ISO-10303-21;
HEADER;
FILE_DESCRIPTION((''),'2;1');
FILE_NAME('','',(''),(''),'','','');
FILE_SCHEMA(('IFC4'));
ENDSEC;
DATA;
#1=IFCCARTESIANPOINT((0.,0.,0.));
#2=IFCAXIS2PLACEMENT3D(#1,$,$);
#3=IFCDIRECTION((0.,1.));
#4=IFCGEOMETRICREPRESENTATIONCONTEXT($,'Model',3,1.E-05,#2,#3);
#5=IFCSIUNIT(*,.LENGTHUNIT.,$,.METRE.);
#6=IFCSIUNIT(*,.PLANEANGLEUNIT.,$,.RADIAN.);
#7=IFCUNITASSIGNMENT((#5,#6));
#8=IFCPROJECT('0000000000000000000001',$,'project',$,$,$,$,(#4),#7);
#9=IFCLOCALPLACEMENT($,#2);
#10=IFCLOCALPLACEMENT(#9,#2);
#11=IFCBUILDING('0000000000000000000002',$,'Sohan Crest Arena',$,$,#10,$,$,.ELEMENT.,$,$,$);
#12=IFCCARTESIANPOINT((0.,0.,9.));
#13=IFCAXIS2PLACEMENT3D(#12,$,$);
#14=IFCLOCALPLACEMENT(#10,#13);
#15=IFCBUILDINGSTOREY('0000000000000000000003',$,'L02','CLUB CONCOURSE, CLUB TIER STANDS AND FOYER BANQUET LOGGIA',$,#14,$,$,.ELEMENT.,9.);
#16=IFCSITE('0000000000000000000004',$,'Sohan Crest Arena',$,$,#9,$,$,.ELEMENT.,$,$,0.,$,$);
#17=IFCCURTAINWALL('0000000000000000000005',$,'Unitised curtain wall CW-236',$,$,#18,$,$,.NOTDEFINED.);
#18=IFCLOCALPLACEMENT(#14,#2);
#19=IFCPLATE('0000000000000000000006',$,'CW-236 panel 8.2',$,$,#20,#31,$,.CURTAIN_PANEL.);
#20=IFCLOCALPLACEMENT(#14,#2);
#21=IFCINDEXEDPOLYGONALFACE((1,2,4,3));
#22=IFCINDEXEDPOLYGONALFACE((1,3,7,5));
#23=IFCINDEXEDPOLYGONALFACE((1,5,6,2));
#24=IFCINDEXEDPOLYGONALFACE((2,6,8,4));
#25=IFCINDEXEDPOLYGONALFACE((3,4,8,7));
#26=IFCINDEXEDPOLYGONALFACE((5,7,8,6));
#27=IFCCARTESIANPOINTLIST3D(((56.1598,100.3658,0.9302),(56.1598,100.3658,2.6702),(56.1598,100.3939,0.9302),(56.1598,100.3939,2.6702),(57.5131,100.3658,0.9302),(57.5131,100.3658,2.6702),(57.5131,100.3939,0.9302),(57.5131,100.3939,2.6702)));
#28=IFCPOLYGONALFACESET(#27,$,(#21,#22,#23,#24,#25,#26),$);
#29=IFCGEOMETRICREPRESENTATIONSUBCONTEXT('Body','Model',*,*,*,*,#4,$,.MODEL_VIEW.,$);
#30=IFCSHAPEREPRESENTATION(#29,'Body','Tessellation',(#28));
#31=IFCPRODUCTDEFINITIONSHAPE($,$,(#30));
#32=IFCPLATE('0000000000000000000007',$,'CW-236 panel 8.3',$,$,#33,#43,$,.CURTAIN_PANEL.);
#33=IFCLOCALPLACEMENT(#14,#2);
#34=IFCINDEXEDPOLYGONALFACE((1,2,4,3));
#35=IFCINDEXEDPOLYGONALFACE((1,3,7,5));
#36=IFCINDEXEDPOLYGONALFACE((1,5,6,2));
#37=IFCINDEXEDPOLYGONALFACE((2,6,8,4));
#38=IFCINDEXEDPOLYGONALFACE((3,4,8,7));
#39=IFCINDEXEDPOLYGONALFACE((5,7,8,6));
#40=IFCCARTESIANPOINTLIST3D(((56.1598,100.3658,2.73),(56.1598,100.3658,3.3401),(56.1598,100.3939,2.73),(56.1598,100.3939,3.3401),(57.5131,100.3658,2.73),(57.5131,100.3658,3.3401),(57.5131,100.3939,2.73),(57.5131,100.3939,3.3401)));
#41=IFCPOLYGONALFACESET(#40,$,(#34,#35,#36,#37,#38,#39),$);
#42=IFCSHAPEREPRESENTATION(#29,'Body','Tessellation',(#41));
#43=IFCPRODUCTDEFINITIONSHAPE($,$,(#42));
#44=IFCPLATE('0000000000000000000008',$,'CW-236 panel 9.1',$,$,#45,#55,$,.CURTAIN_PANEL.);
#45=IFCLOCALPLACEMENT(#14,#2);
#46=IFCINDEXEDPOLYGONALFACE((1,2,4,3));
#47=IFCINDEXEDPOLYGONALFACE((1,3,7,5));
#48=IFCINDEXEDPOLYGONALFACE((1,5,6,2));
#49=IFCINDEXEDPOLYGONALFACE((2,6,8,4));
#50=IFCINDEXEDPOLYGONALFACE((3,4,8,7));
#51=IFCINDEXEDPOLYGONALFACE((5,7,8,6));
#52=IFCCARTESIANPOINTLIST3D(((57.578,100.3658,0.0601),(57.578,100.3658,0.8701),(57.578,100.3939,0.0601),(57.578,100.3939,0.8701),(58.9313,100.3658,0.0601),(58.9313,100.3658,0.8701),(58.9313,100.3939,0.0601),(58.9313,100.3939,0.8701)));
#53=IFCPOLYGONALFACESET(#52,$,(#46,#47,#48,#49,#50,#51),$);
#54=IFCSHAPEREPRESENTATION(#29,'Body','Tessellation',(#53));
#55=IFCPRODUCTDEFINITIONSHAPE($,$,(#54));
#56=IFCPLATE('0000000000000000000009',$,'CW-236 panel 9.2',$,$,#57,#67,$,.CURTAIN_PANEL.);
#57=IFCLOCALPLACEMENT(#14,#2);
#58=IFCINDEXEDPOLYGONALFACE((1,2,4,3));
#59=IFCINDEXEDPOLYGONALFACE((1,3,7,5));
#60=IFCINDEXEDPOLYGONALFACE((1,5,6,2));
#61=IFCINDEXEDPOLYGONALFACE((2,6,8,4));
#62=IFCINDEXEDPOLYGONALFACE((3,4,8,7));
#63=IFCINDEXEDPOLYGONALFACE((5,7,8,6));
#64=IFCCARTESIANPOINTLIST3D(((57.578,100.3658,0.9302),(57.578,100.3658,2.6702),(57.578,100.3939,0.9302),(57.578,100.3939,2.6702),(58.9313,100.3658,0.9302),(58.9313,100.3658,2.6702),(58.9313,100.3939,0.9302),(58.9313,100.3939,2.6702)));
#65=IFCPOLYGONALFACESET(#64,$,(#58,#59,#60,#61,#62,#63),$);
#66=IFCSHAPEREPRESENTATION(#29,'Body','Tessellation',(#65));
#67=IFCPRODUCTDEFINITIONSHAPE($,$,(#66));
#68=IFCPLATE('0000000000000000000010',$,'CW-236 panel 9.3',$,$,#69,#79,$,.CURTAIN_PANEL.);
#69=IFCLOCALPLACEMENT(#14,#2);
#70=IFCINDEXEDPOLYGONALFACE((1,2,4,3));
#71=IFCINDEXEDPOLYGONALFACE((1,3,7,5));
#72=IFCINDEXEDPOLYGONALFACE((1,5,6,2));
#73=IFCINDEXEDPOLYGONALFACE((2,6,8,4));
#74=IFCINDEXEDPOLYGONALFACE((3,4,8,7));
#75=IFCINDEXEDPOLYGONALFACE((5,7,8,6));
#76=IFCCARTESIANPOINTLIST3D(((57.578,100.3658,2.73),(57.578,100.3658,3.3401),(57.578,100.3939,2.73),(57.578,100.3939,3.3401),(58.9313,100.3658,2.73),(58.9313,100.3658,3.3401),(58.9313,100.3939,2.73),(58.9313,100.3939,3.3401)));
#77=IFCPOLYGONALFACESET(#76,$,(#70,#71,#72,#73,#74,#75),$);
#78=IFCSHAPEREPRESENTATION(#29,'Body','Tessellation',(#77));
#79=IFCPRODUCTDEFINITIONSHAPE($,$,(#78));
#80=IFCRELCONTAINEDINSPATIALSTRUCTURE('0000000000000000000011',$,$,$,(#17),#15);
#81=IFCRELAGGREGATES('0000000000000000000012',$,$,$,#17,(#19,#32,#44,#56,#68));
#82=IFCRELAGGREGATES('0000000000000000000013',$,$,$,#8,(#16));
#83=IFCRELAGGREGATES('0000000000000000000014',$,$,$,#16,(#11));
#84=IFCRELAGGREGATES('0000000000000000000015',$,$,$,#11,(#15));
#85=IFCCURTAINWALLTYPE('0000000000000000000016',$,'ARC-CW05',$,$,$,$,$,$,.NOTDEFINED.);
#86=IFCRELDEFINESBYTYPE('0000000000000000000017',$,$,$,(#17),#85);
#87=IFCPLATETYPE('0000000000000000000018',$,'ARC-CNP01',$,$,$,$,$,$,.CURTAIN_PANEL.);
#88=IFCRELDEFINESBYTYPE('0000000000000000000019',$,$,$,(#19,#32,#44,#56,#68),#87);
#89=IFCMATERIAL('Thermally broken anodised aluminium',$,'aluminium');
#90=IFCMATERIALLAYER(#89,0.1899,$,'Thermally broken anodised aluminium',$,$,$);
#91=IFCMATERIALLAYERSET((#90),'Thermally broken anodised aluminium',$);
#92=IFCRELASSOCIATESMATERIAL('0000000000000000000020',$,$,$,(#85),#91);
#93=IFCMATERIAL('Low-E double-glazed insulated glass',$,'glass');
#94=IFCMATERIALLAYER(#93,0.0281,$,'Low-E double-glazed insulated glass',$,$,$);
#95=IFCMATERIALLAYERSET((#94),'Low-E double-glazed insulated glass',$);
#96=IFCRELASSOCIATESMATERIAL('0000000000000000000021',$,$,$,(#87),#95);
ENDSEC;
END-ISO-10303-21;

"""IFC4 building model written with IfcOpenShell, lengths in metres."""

from ifc_helpers import new_model, si_unit, direction, frame, origin, origin_2d, place, context, subcontext, project, spatial, rectangle, extrude, material, layer, layer_set, type_object, element, aggregate, save


model = new_model("IFC4")

# Units and contexts
model_context = context("Model", 3, precision=1e-05, world=origin(), true_north=direction((0.0, 1.0)))
body_context = subcontext(model_context, "Body", "Model", "MODEL_VIEW")
ifc_project = project(units=[si_unit("LENGTHUNIT", "METRE"), si_unit("PLANEANGLEUNIT", "RADIAN")], contexts=[model_context])

# Site, building, storey
site_placement = place(None, origin())
site = spatial("IfcSite", under=ifc_project, at=site_placement, Name="Sohan Crest Arena", CompositionType="ELEMENT", RefElevation=0.0)
building_placement = place(site_placement, origin())
building = spatial("IfcBuilding", under=site, at=building_placement, Name="Sohan Crest Arena", CompositionType="ELEMENT")
storey_placement = place(building_placement, frame((0.0, 0.0, 9.0)))
storey = spatial("IfcBuildingStorey", under=building, at=storey_placement, Name="L02", Description="CLUB CONCOURSE, CLUB TIER STANDS AND FOYER BANQUET LOGGIA", CompositionType="ELEMENT", Elevation=9.0)

# Curtain wall, plates
ifc_material_1 = material(Name="Thermally broken anodised aluminium", Category="aluminium")
ifc_layer_1 = layer(ifc_material_1, 0.1899, Name="Thermally broken anodised aluminium")
ifc_layer_set_1 = layer_set([ifc_layer_1], Name="Thermally broken anodised aluminium")
curtain_wall_type = type_object("IfcCurtainWallType", Name="ARC-CW05", PredefinedType="NOTDEFINED", material=ifc_layer_set_1)
curtain_wall_placement = place(storey_placement, origin())
curtain_wall = element("IfcCurtainWall", 1, at=curtain_wall_placement, inside=storey, type_object=curtain_wall_type, Name="Unitised curtain wall CW-236", PredefinedType="NOTDEFINED")
ifc_material_2 = material(Name="Low-E double-glazed insulated glass", Category="glass")
ifc_layer_2 = layer(ifc_material_2, 0.0281, Name="Low-E double-glazed insulated glass")
ifc_layer_set_2 = layer_set([ifc_layer_2], Name="Low-E double-glazed insulated glass")
plate_type = type_object("IfcPlateType", Name="ARC-CNP01", PredefinedType="CURTAIN_PANEL", material=ifc_layer_set_2)
plate_1_placement = place(storey_placement, frame((56.8364, 100.3799, 0.9302), z_axis=(0.0, 0.0, 1.0), x_axis=(1.0, 0.0, 0.0)))
plate_1 = element("IfcPlate", 2, at=plate_1_placement, type_object=plate_type, Name="CW-236 panel 8.2", PredefinedType="CURTAIN_PANEL", context=body_context, shape_type="SweptSolid", body=[
    extrude(rectangle(XDim=1.3533, YDim=0.0281, at=origin_2d()), origin(), (0.0, 0.0, 1.0), 1.74),
])
plate_2_placement = place(storey_placement, frame((56.8364, 100.3799, 2.73), z_axis=(0.0, 0.0, 1.0), x_axis=(1.0, 0.0, 0.0)))
plate_2 = element("IfcPlate", 3, at=plate_2_placement, type_object=plate_type, Name="CW-236 panel 8.3", PredefinedType="CURTAIN_PANEL", context=body_context, shape_type="SweptSolid", body=[
    extrude(rectangle(XDim=1.3533, YDim=0.0281, at=origin_2d()), origin(), (0.0, 0.0, 1.0), 0.6101),
])
plate_3_placement = place(storey_placement, frame((58.2546, 100.3799, 0.0601), z_axis=(0.0, 0.0, 1.0), x_axis=(1.0, 0.0, 0.0)))
plate_3 = element("IfcPlate", 4, at=plate_3_placement, type_object=plate_type, Name="CW-236 panel 9.1", PredefinedType="CURTAIN_PANEL", context=body_context, shape_type="SweptSolid", body=[
    extrude(rectangle(XDim=1.3533, YDim=0.0281, at=origin_2d()), origin(), (0.0, 0.0, 1.0), 0.8101),
])
plate_4_placement = place(storey_placement, frame((58.2546, 100.3799, 0.9302), z_axis=(0.0, 0.0, 1.0), x_axis=(1.0, 0.0, 0.0)))
plate_4 = element("IfcPlate", 5, at=plate_4_placement, type_object=plate_type, Name="CW-236 panel 9.2", PredefinedType="CURTAIN_PANEL", context=body_context, shape_type="SweptSolid", body=[
    extrude(rectangle(XDim=1.3533, YDim=0.0281, at=origin_2d()), origin(), (0.0, 0.0, 1.0), 1.74),
])
plate_5_placement = place(storey_placement, frame((58.2546, 100.3799, 2.73), z_axis=(0.0, 0.0, 1.0), x_axis=(1.0, 0.0, 0.0)))
plate_5 = element("IfcPlate", 6, at=plate_5_placement, type_object=plate_type, Name="CW-236 panel 9.3", PredefinedType="CURTAIN_PANEL", context=body_context, shape_type="SweptSolid", body=[
    extrude(rectangle(XDim=1.3533, YDim=0.0281, at=origin_2d()), origin(), (0.0, 0.0, 1.0), 0.6101),
])
aggregate(curtain_wall, [plate_1, plate_2, plate_3, plate_4, plate_5])

save(model, "model.ifc")
